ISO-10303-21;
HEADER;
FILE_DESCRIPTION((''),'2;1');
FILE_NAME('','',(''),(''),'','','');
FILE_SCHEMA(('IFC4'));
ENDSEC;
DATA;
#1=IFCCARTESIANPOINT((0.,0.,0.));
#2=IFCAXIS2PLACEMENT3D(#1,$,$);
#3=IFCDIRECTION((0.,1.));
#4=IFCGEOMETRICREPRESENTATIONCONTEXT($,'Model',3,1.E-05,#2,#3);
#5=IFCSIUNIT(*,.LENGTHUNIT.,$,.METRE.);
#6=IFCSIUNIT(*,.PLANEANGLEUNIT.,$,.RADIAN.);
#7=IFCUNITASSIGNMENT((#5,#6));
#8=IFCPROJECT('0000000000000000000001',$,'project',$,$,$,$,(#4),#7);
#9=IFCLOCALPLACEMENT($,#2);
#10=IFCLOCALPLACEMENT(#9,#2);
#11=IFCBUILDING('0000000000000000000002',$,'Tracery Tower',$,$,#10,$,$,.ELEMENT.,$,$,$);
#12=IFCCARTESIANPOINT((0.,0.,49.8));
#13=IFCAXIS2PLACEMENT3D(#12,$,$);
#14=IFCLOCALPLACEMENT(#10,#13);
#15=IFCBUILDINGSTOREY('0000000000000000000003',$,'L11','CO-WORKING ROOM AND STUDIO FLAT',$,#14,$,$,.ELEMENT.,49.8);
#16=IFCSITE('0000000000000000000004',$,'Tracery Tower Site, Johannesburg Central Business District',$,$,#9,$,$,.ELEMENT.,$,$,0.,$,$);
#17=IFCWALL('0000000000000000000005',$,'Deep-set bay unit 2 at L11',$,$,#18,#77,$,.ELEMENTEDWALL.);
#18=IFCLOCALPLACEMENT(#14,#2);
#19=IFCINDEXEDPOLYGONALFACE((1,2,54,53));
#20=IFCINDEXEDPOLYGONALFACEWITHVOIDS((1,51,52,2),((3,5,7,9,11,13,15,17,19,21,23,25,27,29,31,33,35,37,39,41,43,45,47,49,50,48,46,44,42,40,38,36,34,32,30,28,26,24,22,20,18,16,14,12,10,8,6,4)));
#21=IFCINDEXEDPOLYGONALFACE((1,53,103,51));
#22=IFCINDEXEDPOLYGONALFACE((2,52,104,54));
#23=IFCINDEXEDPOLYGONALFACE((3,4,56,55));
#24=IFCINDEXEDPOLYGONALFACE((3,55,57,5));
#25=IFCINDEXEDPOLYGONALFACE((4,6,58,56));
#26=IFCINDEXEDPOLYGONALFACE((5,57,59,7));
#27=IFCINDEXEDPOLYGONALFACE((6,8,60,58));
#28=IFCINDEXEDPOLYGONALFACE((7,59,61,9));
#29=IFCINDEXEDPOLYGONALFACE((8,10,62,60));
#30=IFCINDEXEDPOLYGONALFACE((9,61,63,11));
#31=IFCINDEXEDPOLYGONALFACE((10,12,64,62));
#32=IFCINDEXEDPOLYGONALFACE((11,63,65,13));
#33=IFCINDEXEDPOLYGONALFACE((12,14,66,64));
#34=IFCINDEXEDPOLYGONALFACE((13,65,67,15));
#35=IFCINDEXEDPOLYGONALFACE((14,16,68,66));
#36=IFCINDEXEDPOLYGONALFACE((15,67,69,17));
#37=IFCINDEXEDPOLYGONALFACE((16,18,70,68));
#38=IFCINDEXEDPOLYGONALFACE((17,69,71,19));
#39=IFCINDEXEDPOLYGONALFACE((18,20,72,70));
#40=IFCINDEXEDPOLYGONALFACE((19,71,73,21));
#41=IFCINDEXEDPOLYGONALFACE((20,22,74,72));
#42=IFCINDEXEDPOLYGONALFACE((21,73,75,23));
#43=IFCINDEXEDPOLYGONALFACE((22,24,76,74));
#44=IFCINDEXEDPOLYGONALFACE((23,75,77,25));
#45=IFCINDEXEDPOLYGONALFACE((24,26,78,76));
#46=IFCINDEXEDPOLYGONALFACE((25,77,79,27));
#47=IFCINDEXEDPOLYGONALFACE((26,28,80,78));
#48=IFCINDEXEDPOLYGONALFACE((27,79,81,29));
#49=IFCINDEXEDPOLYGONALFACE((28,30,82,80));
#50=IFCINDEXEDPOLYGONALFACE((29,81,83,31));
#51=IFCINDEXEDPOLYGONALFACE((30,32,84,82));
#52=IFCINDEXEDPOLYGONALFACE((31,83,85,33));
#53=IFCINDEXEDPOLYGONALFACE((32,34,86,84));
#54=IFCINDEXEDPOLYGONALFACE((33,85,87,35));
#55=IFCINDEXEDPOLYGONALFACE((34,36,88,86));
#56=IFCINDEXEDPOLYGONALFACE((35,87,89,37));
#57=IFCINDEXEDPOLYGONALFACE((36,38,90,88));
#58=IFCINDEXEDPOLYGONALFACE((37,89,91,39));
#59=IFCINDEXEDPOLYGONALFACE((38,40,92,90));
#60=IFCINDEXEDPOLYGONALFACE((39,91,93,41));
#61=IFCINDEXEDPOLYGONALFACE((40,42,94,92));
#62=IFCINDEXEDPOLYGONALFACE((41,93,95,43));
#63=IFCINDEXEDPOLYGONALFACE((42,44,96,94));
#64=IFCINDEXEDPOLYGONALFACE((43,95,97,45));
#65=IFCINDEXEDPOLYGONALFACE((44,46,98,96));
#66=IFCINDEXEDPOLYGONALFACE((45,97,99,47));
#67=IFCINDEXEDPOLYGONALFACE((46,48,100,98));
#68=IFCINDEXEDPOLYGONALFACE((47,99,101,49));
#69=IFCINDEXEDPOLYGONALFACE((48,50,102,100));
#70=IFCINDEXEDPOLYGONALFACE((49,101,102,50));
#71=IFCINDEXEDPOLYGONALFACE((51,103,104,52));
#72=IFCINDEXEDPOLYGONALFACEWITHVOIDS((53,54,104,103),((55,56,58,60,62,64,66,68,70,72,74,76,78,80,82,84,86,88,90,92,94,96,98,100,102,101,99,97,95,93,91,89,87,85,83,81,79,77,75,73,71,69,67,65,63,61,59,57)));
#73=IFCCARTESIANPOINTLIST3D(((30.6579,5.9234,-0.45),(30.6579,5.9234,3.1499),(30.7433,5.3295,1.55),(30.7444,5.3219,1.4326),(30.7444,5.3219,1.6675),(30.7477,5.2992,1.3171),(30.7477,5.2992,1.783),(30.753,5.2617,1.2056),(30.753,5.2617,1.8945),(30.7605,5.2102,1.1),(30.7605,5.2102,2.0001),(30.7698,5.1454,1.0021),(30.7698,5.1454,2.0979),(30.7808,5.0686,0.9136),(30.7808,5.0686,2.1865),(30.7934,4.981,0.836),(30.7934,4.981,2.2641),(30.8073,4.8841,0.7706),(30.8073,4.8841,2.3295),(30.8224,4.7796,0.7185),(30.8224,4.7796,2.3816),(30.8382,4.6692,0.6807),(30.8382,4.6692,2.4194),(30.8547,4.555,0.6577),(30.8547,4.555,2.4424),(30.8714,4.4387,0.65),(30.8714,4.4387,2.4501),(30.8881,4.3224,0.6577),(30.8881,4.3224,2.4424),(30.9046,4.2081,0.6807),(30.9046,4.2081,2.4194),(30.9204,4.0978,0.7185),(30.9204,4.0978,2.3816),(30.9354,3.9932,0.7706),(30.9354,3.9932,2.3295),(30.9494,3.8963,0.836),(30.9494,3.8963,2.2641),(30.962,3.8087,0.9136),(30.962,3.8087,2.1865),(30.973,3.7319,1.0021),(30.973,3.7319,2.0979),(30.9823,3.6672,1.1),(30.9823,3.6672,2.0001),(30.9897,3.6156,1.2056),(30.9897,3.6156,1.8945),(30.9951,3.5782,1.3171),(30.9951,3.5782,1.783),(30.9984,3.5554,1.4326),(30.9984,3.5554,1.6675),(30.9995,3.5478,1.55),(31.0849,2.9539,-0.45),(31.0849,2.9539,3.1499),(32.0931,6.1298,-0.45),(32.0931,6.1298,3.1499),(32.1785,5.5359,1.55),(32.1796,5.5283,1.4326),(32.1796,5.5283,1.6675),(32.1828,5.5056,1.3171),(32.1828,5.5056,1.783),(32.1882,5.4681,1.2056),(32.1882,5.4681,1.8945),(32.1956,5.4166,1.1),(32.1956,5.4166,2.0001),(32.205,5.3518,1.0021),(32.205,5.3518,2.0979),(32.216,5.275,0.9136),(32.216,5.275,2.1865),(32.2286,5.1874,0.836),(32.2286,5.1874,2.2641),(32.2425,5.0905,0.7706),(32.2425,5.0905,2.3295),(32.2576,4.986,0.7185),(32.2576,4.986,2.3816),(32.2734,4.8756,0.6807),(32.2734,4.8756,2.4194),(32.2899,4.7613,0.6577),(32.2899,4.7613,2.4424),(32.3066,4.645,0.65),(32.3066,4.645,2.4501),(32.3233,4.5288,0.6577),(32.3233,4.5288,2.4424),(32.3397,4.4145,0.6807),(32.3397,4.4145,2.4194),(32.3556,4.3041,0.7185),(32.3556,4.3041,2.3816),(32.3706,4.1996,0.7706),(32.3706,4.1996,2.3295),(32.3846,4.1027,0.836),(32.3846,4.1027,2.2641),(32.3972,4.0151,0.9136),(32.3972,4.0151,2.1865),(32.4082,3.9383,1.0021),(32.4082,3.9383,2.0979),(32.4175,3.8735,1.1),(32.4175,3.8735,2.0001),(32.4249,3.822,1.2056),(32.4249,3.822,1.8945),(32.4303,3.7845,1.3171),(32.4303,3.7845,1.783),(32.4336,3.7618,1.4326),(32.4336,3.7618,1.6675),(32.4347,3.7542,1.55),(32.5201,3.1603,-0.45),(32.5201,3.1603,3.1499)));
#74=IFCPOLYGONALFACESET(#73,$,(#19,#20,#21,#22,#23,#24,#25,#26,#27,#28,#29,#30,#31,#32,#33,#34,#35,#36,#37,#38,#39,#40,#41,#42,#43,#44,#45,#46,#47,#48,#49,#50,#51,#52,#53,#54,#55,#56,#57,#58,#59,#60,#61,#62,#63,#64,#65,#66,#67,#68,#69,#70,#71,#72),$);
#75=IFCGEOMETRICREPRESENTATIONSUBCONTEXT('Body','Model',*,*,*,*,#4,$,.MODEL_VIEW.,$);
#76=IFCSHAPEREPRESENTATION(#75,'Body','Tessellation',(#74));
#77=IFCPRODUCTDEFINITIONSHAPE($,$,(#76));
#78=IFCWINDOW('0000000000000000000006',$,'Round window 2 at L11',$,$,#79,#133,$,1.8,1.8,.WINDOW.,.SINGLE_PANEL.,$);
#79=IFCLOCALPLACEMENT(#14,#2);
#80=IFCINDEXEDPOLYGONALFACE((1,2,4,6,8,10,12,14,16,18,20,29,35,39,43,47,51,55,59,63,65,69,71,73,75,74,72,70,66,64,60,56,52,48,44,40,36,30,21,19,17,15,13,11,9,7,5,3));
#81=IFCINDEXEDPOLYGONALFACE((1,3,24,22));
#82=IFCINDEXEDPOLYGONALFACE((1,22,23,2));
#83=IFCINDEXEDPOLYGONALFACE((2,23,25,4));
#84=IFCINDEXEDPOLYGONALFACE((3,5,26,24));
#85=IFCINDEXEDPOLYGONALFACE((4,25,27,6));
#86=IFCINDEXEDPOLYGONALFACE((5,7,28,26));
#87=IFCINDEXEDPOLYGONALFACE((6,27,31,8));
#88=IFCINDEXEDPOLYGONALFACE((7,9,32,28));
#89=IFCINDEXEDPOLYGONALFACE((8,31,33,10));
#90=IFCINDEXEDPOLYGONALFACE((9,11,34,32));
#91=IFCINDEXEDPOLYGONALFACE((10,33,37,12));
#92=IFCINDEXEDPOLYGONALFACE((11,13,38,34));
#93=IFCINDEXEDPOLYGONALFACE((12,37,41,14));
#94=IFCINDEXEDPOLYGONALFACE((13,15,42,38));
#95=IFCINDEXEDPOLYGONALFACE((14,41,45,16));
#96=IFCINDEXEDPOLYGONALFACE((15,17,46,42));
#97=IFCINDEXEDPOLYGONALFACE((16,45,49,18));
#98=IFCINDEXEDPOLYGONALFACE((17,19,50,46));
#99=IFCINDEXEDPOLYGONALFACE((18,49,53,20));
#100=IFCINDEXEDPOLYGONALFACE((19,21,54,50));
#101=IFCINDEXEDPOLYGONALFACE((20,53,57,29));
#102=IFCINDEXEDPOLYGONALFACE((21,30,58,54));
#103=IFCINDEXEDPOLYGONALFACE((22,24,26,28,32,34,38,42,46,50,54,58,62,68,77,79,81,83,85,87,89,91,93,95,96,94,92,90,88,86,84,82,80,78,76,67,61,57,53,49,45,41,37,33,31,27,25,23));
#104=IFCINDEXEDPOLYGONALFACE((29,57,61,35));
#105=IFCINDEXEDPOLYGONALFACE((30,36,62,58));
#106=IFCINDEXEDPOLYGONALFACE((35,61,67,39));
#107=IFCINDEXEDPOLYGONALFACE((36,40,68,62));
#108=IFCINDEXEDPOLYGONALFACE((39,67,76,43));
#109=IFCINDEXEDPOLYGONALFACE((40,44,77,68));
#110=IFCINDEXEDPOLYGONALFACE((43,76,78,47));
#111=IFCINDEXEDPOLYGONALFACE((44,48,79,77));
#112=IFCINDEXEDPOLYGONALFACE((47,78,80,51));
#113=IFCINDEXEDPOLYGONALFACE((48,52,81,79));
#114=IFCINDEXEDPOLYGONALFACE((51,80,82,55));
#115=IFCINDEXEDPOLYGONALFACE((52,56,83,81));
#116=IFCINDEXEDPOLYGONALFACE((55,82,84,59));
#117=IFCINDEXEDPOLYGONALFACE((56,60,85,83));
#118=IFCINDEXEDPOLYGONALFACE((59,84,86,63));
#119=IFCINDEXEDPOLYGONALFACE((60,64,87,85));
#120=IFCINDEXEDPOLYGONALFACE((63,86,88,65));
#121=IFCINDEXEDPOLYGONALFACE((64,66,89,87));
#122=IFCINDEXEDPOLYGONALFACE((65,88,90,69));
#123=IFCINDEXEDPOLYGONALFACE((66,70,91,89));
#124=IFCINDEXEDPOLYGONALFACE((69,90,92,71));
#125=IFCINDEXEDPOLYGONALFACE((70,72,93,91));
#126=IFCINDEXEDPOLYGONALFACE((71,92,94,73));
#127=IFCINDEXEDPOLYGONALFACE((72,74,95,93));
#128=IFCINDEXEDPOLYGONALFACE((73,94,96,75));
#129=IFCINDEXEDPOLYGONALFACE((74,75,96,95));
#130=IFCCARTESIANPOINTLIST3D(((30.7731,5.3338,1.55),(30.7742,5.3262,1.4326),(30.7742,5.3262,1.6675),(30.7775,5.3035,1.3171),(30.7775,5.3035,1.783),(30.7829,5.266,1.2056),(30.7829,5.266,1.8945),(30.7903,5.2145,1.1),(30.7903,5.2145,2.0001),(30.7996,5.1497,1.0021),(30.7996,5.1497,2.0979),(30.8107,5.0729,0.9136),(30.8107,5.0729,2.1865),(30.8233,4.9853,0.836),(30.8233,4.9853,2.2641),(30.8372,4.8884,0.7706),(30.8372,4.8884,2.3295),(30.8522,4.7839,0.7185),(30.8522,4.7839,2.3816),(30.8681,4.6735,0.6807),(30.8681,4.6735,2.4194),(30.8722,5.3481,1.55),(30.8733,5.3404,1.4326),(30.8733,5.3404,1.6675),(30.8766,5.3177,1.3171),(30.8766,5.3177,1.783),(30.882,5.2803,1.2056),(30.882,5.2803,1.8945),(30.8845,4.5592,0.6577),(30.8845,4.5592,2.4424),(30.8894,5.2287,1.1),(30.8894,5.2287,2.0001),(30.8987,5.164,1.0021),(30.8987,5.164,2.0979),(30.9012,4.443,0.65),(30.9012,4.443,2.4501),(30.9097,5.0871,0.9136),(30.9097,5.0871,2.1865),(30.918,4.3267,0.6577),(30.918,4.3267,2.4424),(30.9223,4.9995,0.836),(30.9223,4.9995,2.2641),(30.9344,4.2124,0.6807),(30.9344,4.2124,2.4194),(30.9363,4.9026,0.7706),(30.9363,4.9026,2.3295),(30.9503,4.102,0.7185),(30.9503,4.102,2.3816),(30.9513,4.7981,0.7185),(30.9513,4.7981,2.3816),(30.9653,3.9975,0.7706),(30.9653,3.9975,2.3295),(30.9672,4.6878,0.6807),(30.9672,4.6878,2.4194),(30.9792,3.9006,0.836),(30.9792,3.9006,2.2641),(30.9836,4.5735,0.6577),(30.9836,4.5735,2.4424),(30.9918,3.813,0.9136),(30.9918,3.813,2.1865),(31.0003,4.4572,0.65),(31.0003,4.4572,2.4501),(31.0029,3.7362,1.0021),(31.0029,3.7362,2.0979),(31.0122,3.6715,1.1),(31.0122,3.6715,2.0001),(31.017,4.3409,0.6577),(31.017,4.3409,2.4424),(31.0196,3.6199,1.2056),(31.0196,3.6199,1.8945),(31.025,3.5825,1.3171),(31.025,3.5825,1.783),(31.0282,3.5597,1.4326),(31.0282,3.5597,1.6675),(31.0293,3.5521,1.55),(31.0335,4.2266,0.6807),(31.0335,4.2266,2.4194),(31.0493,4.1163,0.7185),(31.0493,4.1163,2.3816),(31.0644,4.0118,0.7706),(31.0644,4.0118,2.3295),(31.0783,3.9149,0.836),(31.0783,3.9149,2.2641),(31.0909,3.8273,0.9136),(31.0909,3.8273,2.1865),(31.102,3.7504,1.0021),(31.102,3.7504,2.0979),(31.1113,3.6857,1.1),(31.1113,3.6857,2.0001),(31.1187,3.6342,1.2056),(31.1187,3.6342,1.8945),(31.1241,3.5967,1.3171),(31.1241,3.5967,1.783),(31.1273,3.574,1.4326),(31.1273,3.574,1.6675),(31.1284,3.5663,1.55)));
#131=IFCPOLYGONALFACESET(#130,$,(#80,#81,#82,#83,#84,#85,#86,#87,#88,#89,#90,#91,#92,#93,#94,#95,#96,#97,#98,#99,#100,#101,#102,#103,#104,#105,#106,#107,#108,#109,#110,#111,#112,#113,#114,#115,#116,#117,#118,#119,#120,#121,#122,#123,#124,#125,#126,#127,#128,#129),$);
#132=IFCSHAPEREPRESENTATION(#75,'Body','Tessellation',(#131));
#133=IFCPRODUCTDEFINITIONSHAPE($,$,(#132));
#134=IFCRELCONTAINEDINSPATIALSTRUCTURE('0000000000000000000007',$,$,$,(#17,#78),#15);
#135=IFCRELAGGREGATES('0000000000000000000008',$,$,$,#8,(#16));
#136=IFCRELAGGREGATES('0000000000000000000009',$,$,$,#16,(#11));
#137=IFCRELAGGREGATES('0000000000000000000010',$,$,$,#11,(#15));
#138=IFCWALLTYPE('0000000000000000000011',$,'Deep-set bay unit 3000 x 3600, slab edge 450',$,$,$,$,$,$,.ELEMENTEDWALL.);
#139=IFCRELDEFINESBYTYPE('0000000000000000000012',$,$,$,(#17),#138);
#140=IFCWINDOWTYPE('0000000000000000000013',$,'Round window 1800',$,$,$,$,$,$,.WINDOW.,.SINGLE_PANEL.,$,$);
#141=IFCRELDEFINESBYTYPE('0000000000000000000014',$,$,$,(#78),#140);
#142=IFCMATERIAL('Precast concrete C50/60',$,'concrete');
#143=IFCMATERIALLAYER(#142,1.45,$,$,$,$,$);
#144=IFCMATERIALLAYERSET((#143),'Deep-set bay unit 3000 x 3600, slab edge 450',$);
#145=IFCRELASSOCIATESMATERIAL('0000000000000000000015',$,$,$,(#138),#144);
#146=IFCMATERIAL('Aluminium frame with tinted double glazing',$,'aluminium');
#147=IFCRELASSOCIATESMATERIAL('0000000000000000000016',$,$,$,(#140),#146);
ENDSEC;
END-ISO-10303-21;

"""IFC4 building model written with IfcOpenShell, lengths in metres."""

from ifc_helpers import new_model, si_unit, direction, frame, frame_2d, origin, origin_2d, place, context, subcontext, project, spatial, rectangle, circle, extrude, material, layer, layer_set, type_object, element, fill, save


model = new_model("IFC4")

# Units and contexts
model_context = context("Model", 3, precision=1e-05, world=origin(), true_north=direction((0.0, 1.0)))
body_context = subcontext(model_context, "Body", "Model", "MODEL_VIEW")
ifc_project = project(units=[si_unit("LENGTHUNIT", "METRE"), si_unit("PLANEANGLEUNIT", "RADIAN")], contexts=[model_context])

# Site, building, storey
site_placement = place(None, origin())
site = spatial("IfcSite", under=ifc_project, at=site_placement, Name="Tracery Tower Site, Johannesburg Central Business District", CompositionType="ELEMENT", RefElevation=0.0)
building_placement = place(site_placement, origin())
building = spatial("IfcBuilding", under=site, at=building_placement, Name="Tracery Tower", CompositionType="ELEMENT")
storey_placement = place(building_placement, frame((0.0, 0.0, 49.8)))
storey = spatial("IfcBuildingStorey", under=building, at=storey_placement, Name="L11", Description="CO-WORKING ROOM AND STUDIO FLAT", CompositionType="ELEMENT", Elevation=49.8)

# Wall, opening, window
ifc_material_1 = material(Name="Precast concrete C50/60", Category="concrete")
ifc_layer_1 = layer(ifc_material_1, 1.45)
ifc_layer_set_1 = layer_set([ifc_layer_1], Name="Deep-set bay unit 3000 x 3600, slab edge 450")
wall_type_1 = type_object("IfcWallType", Name="Deep-set bay unit 3000 x 3600, slab edge 450", PredefinedType="ELEMENTEDWALL", material=ifc_layer_set_1)
wall_1_placement = place(storey_placement, frame((31.8025, 3.0571, -0.45), z_axis=(0.0, 0.0, 1.0), x_axis=(-0.142333, 0.989819, 0.0)))
wall_1 = element("IfcWall", 1, at=wall_1_placement, inside=storey, type_object=wall_type_1, Name="Deep-set bay unit 2 at L11", PredefinedType="ELEMENTEDWALL", context=body_context, shape_type="SweptSolid", body=[
    extrude(rectangle(XDim=3.0, YDim=1.45, at=frame_2d((1.5, 0.0))), origin(), (0.0, 0.0, 1.0), 3.5999),
])
opening_1_placement = place(wall_1_placement, frame((1.5, 0.0, 2.0)))
opening_1 = element("IfcOpeningElement", 2, at=opening_1_placement, cuts=wall_1, PredefinedType="OPENING", context=body_context, shape_type="SweptSolid", body=[
    extrude(circle(Radius=0.9, at=origin_2d()), frame((0.0, 0.7349, 0.0), z_axis=(0.0, -1.0, 0.0), x_axis=(1.0, 0.0, 0.0)), (0.0, 0.0, 1.0), 1.47),
])
ifc_material_2 = material(Name="Aluminium frame with tinted double glazing", Category="aluminium")
window_type = type_object("IfcWindowType", Name="Round window 1800", PartitioningType="SINGLE_PANEL", PredefinedType="WINDOW", material=ifc_material_2)
window_1_placement = place(opening_1_placement, origin())
window_1 = element("IfcWindow", 3, at=window_1_placement, inside=storey, type_object=window_type, Name="Round window 2 at L11", OverallHeight=1.8, OverallWidth=1.8, PartitioningType="SINGLE_PANEL", PredefinedType="WINDOW", context=body_context, shape_type="SweptSolid", body=[
    extrude(circle(Radius=0.9, at=origin_2d()), frame((0.0, 0.6948, 0.0), z_axis=(0.0, -1.0, 0.0), x_axis=(1.0, 0.0, 0.0)), (0.0, 0.0, 1.0), 0.1001),
])
fill(opening_1, window_1)

save(model, "model.ifc")
